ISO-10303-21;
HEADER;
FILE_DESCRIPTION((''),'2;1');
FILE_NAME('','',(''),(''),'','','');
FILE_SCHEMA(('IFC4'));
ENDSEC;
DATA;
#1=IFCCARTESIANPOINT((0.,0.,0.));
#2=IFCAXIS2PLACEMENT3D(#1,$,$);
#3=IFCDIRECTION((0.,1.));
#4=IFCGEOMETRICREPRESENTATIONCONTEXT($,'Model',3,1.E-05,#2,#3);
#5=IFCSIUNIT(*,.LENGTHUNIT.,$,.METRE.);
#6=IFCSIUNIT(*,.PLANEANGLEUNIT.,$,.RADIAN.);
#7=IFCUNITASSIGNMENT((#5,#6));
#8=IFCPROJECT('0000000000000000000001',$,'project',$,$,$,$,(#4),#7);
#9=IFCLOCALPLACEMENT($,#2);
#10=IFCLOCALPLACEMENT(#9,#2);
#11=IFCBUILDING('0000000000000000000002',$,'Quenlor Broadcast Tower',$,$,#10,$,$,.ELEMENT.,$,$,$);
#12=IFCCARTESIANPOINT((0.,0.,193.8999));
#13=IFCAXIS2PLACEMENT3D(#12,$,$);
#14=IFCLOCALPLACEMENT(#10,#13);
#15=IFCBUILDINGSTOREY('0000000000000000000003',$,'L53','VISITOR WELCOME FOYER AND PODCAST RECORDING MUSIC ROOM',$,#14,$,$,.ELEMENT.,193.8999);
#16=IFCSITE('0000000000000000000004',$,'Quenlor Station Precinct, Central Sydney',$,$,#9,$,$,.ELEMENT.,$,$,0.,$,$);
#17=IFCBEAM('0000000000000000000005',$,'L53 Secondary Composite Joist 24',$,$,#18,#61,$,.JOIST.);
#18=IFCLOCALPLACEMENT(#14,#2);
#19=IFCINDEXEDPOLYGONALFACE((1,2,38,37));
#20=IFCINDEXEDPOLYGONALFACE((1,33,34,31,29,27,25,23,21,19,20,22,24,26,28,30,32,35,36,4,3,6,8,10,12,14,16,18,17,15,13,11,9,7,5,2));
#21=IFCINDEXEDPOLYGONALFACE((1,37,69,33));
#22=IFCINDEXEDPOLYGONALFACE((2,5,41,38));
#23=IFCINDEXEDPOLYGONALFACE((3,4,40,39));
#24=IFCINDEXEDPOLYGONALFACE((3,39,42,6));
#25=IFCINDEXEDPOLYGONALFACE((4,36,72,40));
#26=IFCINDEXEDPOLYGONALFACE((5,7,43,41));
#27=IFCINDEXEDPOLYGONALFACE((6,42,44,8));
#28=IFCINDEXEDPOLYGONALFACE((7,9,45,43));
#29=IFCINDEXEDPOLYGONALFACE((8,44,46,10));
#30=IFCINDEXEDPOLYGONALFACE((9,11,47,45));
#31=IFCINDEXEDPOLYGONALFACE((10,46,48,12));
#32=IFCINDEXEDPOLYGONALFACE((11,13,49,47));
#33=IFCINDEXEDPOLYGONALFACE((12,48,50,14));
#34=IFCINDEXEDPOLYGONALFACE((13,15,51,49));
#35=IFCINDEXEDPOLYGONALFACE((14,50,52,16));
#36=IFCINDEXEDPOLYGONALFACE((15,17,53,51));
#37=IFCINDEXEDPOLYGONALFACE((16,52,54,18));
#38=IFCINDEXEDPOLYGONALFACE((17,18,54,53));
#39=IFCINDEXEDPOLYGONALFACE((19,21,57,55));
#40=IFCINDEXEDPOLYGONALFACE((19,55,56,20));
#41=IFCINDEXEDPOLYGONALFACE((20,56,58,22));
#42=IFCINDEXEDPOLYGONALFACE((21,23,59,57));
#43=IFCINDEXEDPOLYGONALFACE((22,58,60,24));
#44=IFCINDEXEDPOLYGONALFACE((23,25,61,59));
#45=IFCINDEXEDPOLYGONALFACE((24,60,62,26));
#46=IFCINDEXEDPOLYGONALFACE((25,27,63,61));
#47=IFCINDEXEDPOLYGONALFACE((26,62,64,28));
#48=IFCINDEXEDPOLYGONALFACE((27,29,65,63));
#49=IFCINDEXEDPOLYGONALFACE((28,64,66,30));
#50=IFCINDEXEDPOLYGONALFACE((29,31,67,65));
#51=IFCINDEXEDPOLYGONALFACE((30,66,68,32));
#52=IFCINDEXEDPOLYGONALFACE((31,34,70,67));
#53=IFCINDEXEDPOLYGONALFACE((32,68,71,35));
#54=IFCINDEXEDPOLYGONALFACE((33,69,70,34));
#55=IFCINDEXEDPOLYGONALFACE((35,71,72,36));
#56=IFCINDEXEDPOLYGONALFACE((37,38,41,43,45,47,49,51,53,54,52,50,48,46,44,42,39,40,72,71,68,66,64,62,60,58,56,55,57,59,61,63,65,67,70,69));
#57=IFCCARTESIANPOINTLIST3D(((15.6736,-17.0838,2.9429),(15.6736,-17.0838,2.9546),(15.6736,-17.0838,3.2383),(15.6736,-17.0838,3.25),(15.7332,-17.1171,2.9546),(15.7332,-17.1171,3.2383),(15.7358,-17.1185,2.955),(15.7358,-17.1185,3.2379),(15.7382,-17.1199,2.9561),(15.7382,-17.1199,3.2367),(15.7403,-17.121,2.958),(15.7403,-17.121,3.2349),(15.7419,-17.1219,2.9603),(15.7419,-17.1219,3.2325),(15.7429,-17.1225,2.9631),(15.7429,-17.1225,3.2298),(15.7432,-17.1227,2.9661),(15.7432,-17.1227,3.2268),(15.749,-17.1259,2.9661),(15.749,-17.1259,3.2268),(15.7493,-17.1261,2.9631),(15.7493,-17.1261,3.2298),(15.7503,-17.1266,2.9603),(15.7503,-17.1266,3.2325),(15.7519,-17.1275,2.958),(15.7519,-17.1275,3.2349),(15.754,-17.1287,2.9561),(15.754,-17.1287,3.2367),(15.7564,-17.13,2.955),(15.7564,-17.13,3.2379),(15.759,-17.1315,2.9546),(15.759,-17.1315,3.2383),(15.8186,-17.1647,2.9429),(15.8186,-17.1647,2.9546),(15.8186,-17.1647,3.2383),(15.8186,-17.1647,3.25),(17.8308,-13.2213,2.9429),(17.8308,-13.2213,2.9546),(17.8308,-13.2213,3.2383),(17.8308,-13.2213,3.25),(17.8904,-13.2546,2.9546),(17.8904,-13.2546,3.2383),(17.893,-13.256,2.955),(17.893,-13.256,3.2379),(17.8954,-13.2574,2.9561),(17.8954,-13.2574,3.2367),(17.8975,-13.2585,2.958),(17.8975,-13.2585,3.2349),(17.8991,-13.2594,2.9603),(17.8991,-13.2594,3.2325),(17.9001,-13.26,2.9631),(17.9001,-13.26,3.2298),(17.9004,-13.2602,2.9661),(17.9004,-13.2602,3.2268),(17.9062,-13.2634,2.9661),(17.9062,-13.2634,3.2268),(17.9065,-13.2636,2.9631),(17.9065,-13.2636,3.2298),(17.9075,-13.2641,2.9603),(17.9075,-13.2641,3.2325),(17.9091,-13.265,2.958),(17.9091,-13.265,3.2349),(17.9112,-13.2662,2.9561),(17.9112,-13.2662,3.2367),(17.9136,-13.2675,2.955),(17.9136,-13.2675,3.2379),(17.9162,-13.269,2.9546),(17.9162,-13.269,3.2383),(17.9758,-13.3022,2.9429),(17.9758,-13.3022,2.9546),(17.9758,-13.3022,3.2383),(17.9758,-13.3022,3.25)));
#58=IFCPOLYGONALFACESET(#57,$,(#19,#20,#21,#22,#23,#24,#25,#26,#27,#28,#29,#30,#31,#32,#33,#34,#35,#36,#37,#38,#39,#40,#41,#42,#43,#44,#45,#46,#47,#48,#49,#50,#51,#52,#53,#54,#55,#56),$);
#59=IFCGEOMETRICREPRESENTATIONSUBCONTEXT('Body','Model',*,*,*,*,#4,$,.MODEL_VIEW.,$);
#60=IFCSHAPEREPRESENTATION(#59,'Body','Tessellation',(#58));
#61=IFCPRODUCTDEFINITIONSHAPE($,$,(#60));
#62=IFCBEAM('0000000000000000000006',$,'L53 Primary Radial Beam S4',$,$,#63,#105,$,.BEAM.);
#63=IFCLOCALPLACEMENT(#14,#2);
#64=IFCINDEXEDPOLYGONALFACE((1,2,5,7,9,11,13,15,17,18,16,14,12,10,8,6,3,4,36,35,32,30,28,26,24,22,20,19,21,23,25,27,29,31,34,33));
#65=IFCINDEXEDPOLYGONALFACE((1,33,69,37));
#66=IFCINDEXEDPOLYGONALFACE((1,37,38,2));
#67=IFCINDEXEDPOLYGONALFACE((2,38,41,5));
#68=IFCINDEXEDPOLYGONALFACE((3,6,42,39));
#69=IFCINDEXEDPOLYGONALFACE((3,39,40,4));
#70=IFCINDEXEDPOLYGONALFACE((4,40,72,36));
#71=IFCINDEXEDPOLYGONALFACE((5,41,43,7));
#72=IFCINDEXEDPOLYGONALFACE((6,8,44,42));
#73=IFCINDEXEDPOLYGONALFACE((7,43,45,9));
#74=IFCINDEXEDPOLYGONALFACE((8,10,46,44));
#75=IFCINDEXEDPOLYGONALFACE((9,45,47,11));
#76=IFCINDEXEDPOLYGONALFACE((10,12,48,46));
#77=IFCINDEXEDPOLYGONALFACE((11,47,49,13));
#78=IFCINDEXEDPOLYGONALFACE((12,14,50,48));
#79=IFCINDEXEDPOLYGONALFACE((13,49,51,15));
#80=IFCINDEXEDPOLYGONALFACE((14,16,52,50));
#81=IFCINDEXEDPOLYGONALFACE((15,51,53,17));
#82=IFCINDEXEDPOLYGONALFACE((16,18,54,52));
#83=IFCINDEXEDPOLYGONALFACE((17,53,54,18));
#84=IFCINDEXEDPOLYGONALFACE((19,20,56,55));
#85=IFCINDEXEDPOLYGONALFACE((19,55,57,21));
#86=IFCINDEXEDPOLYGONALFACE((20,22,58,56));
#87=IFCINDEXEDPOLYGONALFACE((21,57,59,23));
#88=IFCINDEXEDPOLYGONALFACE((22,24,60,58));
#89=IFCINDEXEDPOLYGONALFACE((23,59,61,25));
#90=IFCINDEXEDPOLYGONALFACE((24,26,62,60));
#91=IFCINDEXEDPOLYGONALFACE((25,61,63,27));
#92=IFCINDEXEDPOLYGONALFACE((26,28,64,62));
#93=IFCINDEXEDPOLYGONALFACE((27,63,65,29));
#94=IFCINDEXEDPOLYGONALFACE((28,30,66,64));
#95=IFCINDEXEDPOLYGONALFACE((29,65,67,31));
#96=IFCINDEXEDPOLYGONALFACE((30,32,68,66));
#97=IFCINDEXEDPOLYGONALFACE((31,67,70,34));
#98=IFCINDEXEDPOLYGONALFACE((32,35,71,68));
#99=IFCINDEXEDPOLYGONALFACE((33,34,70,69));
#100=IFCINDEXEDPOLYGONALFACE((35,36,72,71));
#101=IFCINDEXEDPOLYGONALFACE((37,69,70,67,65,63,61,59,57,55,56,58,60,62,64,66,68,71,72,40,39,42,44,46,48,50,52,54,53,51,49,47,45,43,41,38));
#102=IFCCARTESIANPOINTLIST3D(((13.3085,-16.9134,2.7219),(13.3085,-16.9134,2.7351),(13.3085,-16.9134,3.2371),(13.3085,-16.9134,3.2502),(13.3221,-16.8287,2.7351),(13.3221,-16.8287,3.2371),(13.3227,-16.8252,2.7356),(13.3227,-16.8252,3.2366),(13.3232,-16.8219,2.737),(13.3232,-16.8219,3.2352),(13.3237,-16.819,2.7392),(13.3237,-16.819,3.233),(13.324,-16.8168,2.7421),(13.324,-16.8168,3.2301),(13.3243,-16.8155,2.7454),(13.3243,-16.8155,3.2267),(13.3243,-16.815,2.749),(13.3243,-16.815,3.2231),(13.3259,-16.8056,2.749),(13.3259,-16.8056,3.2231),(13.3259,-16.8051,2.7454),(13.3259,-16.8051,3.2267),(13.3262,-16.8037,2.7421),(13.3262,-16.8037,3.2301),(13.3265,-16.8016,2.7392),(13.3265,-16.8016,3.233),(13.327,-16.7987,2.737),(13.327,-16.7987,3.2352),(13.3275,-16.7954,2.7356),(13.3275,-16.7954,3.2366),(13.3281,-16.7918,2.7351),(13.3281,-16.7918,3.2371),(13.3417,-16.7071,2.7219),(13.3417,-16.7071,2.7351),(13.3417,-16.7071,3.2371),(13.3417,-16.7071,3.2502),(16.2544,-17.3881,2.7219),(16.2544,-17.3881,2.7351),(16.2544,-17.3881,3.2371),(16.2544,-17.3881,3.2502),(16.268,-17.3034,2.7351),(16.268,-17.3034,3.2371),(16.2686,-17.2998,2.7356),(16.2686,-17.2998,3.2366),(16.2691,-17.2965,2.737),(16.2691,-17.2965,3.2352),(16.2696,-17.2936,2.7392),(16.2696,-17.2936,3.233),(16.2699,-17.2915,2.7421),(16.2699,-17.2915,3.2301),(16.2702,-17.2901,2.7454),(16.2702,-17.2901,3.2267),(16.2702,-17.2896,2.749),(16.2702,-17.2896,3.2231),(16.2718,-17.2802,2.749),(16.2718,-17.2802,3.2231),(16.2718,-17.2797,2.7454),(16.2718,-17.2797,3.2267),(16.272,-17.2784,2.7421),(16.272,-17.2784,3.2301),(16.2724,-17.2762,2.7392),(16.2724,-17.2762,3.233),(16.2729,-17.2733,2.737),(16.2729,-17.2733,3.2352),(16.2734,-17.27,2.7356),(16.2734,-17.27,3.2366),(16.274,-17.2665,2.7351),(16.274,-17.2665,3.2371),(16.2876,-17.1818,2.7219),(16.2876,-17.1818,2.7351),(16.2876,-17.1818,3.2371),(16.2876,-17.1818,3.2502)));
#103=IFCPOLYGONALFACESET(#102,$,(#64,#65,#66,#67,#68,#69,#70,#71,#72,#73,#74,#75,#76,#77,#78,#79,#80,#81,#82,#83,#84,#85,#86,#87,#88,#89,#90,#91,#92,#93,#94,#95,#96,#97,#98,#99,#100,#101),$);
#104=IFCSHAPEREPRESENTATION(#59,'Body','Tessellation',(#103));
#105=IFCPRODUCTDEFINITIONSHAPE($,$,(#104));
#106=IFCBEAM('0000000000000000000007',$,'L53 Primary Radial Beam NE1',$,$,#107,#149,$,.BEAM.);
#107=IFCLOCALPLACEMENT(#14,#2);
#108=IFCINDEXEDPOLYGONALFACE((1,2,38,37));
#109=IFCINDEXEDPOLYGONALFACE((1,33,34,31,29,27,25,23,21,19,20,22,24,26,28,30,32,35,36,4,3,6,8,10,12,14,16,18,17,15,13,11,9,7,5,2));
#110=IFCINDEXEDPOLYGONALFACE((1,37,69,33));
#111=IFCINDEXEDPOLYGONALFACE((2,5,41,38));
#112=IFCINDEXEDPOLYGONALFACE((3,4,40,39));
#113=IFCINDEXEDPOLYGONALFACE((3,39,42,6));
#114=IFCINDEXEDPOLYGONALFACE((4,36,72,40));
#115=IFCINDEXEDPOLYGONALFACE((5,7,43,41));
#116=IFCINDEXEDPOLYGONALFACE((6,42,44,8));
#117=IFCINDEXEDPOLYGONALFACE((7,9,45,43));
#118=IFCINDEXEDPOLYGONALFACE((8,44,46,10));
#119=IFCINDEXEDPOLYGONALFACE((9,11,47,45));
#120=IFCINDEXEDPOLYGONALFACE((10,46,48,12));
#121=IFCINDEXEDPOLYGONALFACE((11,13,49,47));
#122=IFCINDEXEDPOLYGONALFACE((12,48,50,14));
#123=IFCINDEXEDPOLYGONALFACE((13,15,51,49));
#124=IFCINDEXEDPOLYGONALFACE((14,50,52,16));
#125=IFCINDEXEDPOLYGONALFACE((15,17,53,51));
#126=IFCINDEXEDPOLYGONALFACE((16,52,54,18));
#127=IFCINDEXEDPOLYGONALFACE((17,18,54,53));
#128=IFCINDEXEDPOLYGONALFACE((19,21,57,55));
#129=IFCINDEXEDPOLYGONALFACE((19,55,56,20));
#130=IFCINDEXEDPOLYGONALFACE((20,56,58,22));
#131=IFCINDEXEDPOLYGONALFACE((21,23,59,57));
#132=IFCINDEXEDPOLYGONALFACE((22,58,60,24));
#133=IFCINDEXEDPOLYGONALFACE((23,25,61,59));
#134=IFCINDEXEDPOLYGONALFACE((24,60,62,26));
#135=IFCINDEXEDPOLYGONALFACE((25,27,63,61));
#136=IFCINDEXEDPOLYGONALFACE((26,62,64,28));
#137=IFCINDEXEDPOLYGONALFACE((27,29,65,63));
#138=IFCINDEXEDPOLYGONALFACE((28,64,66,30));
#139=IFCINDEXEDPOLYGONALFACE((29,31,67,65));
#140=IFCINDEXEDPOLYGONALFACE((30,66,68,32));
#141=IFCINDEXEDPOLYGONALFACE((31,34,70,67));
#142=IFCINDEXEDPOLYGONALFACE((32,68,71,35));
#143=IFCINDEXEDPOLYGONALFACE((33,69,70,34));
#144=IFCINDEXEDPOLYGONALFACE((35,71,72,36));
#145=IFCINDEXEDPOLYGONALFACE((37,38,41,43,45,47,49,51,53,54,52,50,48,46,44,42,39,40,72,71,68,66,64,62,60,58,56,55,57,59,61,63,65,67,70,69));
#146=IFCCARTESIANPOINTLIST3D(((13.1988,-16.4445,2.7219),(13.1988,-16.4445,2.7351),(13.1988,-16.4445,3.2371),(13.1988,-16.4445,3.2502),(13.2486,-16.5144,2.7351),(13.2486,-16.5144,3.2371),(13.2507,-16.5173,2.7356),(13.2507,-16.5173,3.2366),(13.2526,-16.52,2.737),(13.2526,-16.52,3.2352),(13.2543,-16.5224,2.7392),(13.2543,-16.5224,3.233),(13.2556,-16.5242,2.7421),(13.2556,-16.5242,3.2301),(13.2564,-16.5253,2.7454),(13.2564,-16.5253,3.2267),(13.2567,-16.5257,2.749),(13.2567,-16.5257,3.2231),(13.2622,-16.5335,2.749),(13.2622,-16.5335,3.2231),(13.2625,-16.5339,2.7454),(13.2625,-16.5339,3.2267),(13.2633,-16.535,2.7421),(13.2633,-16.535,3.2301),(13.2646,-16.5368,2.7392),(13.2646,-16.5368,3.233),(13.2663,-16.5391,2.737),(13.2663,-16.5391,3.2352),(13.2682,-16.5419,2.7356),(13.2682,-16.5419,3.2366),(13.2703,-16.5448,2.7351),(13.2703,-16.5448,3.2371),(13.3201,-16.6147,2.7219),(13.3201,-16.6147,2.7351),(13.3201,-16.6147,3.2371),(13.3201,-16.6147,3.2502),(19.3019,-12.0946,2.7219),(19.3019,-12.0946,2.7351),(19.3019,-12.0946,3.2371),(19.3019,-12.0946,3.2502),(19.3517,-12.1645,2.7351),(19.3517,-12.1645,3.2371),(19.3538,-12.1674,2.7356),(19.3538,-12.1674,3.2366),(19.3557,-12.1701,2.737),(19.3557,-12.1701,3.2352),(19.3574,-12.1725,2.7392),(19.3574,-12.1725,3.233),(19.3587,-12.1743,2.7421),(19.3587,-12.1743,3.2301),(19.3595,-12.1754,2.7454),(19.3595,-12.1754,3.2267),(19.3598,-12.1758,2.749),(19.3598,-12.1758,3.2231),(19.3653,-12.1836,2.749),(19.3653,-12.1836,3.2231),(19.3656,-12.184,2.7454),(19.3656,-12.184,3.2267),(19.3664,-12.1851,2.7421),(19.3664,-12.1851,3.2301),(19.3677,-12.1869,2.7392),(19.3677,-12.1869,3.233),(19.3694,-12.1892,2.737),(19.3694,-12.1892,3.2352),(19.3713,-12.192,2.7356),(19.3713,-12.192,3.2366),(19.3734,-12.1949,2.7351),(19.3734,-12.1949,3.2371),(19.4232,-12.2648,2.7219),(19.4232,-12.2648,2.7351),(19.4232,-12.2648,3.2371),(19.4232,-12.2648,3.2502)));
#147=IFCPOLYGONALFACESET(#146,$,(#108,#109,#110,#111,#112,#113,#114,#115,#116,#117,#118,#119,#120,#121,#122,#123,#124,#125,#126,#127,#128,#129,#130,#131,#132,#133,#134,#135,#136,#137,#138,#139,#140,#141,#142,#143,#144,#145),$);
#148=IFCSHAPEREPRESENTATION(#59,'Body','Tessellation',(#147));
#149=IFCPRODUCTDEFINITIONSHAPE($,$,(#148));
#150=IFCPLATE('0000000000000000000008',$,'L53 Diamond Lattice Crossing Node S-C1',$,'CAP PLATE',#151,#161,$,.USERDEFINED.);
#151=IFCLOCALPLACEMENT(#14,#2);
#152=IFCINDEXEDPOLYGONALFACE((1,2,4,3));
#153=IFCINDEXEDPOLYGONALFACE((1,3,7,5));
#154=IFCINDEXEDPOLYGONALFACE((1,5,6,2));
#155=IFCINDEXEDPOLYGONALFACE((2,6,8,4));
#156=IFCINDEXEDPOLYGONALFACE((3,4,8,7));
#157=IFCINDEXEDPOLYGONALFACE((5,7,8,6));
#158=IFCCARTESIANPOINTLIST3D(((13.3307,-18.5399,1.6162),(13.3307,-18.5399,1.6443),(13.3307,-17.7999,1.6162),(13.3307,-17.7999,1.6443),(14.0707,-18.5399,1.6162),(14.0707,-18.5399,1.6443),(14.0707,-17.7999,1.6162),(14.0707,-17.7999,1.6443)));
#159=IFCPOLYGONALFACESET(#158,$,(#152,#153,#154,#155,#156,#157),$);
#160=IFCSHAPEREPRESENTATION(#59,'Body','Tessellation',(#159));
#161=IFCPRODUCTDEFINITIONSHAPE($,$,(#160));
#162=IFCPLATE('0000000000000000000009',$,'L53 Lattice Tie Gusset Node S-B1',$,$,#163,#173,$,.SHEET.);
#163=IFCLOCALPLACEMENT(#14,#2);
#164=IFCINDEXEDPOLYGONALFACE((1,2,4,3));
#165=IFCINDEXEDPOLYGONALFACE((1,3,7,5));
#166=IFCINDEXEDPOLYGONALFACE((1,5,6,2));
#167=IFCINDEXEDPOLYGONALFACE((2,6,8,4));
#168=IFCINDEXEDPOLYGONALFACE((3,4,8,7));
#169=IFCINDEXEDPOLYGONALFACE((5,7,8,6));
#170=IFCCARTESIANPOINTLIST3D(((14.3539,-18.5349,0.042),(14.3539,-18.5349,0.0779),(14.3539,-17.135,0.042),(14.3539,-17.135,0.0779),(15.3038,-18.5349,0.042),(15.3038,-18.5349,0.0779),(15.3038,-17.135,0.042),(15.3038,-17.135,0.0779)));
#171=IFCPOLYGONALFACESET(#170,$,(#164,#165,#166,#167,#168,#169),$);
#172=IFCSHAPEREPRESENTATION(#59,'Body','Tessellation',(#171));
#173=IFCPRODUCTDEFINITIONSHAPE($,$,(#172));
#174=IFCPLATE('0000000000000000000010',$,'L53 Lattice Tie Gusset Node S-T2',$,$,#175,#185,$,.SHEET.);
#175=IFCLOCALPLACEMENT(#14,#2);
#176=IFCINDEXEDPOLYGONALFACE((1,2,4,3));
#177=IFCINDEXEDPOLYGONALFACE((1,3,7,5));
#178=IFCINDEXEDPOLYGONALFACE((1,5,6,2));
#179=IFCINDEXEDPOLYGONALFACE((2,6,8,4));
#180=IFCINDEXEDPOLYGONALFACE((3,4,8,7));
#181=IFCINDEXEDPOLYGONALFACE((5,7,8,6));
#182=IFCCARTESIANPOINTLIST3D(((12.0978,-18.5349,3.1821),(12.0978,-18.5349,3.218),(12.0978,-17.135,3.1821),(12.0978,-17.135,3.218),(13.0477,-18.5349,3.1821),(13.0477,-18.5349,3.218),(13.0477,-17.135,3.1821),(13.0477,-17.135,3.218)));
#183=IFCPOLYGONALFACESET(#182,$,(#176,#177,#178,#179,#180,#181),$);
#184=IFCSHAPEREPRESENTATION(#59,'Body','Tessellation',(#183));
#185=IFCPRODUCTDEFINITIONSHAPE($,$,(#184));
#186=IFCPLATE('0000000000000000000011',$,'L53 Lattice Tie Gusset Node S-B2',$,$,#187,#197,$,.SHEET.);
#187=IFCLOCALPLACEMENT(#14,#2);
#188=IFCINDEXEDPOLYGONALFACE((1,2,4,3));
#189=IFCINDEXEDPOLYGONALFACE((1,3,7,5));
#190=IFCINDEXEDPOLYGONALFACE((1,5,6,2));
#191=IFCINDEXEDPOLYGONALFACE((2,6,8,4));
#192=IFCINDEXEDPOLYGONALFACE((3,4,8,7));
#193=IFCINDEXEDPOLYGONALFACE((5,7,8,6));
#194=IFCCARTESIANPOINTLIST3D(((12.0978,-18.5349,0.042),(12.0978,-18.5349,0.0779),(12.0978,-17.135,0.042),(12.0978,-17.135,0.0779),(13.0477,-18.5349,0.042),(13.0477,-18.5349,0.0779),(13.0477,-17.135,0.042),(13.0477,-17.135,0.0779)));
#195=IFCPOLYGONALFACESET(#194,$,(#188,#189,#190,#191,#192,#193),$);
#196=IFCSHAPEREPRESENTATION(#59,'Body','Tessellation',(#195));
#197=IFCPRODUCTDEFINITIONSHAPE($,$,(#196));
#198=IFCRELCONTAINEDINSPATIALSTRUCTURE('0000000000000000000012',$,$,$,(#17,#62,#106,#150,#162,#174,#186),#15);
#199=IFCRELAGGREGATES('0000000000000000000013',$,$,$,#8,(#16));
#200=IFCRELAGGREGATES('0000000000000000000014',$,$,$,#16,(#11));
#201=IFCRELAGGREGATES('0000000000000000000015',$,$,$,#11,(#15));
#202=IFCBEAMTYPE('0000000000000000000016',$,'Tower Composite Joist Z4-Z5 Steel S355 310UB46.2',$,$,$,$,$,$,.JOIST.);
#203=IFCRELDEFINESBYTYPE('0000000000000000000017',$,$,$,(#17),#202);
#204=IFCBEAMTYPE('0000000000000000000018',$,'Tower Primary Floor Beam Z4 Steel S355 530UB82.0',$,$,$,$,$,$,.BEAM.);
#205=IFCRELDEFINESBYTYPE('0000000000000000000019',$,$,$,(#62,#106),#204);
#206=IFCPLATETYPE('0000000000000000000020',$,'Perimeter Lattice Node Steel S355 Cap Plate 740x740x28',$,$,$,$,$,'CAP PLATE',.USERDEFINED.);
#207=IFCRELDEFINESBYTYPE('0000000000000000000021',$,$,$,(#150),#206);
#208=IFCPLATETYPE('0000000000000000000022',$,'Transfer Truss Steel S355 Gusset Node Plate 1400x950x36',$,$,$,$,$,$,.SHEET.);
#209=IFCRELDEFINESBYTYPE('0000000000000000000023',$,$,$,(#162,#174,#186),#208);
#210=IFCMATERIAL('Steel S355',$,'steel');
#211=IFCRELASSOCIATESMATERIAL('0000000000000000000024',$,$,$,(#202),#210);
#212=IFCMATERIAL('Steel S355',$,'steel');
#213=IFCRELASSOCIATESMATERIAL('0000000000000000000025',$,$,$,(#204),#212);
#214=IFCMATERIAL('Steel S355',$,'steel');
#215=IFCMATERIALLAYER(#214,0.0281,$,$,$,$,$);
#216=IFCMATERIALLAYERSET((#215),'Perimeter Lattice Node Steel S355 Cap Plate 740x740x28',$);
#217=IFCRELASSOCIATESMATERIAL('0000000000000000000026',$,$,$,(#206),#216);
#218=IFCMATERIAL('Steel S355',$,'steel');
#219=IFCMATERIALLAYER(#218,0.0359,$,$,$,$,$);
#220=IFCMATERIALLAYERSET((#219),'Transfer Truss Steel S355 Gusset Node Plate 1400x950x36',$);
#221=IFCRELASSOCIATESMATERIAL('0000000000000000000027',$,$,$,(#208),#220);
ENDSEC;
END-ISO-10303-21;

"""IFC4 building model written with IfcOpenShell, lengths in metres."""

from ifc_helpers import new_model, si_unit, direction, frame, origin, origin_2d, place, context, subcontext, project, spatial, rectangle, i_section, extrude, material, layer, layer_set, material_profile, profile_set, type_object, element, save


model = new_model("IFC4")

# Units and contexts
model_context = context("Model", 3, precision=1e-05, world=origin(), true_north=direction((0.0, 1.0)))
body_context = subcontext(model_context, "Body", "Model", "MODEL_VIEW")
ifc_project = project(units=[si_unit("LENGTHUNIT", "METRE"), si_unit("PLANEANGLEUNIT", "RADIAN")], contexts=[model_context])

# Site, building, storey
site_placement = place(None, origin())
site = spatial("IfcSite", under=ifc_project, at=site_placement, Name="Quenlor Station Precinct, Central Sydney", CompositionType="ELEMENT", RefElevation=0.0)
building_placement = place(site_placement, origin())
building = spatial("IfcBuilding", under=site, at=building_placement, Name="Quenlor Broadcast Tower", CompositionType="ELEMENT")
storey_placement = place(building_placement, frame((0.0, 0.0, 193.8999)))
storey = spatial("IfcBuildingStorey", under=building, at=storey_placement, Name="L53", Description="VISITOR WELCOME FOYER AND PODCAST RECORDING MUSIC ROOM", CompositionType="ELEMENT", Elevation=193.8999)

# Beams
ifc_material_1 = material(Name="Steel S355", Category="steel")
ifc_material_profile_1 = material_profile(ifc_material_1, i_section(OverallWidth=0.166, OverallDepth=0.3071, WebThickness=0.0066, FlangeThickness=0.0117, FilletRadius=0.0115, at=origin_2d()))
ifc_profile_set_1 = profile_set([ifc_material_profile_1], Name="Steel S355 310UB46.2")
beam_type_1 = type_object("IfcBeamType", Name="Tower Composite Joist Z4-Z5 Steel S355 310UB46.2", PredefinedType="JOIST", material=ifc_profile_set_1)
beam_1_placement = place(storey_placement, frame((15.7461, -17.1243, 3.0964), z_axis=(0.487605, 0.873064, 0.0), x_axis=(-0.873064, 0.487605, 0.0)))
element("IfcBeam", 1, at=beam_1_placement, inside=storey, type_object=beam_type_1, Name="L53 Secondary Composite Joist 24", PredefinedType="JOIST", context=body_context, shape_type="SweptSolid", body=[
    extrude(i_section(OverallWidth=0.166, OverallDepth=0.3071, WebThickness=0.0066, FlangeThickness=0.0117, FilletRadius=0.0115, at=origin_2d()), origin(), (0.0, 0.0, 1.0), 4.4241),
])
ifc_material_2 = material(Name="Steel S355", Category="steel")
ifc_material_profile_2 = material_profile(ifc_material_2, i_section(OverallWidth=0.209, OverallDepth=0.5283, WebThickness=0.0095, FlangeThickness=0.0132, FilletRadius=0.0139, at=origin_2d()))
ifc_profile_set_2 = profile_set([ifc_material_profile_2], Name="Steel S355 530UB82.0")
beam_type_2 = type_object("IfcBeamType", Name="Tower Primary Floor Beam Z4 Steel S355 530UB82.0", PredefinedType="BEAM", material=ifc_profile_set_2)
beam_2_placement = place(storey_placement, frame((16.271, -17.2849, 2.9861), z_axis=(-0.987268, 0.159063, 0.0), x_axis=(-0.159063, -0.987268, 0.0)))
element("IfcBeam", 2, at=beam_2_placement, inside=storey, type_object=beam_type_2, Name="L53 Primary Radial Beam S4", PredefinedType="BEAM", context=body_context, shape_type="SweptSolid", body=[
    extrude(i_section(OverallWidth=0.209, OverallDepth=0.5283, WebThickness=0.0095, FlangeThickness=0.0132, FilletRadius=0.0139, at=origin_2d()), origin(), (0.0, 0.0, 1.0), 2.9839),
])
beam_3_placement = place(storey_placement, frame((19.3625, -12.1797, 2.9861), z_axis=(-0.81433, -0.580403, 0.0), x_axis=(0.580403, -0.81433, 0.0)))
element("IfcBeam", 3, at=beam_3_placement, inside=storey, type_object=beam_type_2, Name="L53 Primary Radial Beam NE1", PredefinedType="BEAM", context=body_context, shape_type="SweptSolid", body=[
    extrude(i_section(OverallWidth=0.209, OverallDepth=0.5283, WebThickness=0.0095, FlangeThickness=0.0132, FilletRadius=0.0139, at=origin_2d()), origin(), (0.0, 0.0, 1.0), 7.4946),
])

# Plates
ifc_material_3 = material(Name="Steel S355", Category="steel")
ifc_layer_1 = layer(ifc_material_3, 0.0281)
ifc_layer_set_1 = layer_set([ifc_layer_1], Name="Perimeter Lattice Node Steel S355 Cap Plate 740x740x28")
plate_type_1 = type_object("IfcPlateType", Name="Perimeter Lattice Node Steel S355 Cap Plate 740x740x28", ElementType="CAP PLATE", PredefinedType="USERDEFINED", material=ifc_layer_set_1)
plate_placement = place(storey_placement, frame((13.7007, -18.1699, 1.6162), z_axis=(0.0, 0.0, 1.0), x_axis=(-1.0, 0.0, 0.0)))
element("IfcPlate", 4, at=plate_placement, inside=storey, type_object=plate_type_1, Name="L53 Diamond Lattice Crossing Node S-C1", ObjectType="CAP PLATE", PredefinedType="USERDEFINED", context=body_context, shape_type="SweptSolid", body=[
    extrude(rectangle(XDim=0.74, YDim=0.74, at=origin_2d()), origin(), (0.0, 0.0, 1.0), 0.0281),
])
ifc_material_4 = material(Name="Steel S355", Category="steel")
ifc_layer_2 = layer(ifc_material_4, 0.0359)
ifc_layer_set_2 = layer_set([ifc_layer_2], Name="Transfer Truss Steel S355 Gusset Node Plate 1400x950x36")
plate_type_2 = type_object("IfcPlateType", Name="Transfer Truss Steel S355 Gusset Node Plate 1400x950x36", PredefinedType="SHEET", material=ifc_layer_set_2)
for number, where, z_axis, x_axis, name in (
    (5, (14.8289, -17.835, 0.042), (0.0, 0.0, 1.0), (0.0, -1.0, 0.0), "L53 Lattice Tie Gusset Node S-B1"),
    (6, (12.5728, -17.835, 3.1821), (0.0, 0.0, 1.0), (0.0, -1.0, 0.0), "L53 Lattice Tie Gusset Node S-T2"),
    (7, (12.5728, -17.835, 0.042), (0.0, 0.0, 1.0), (0.0, -1.0, 0.0), "L53 Lattice Tie Gusset Node S-B2"),
):
    element("IfcPlate", number, at=place(storey_placement, frame(where, z_axis=z_axis, x_axis=x_axis)), inside=storey, type_object=plate_type_2, Name=name, PredefinedType="SHEET", context=body_context, shape_type="SweptSolid", body=[
        extrude(rectangle(XDim=1.3999, YDim=0.95, at=origin_2d()), origin(), (0.0, 0.0, 1.0), 0.0359),
    ])

save(model, "model.ifc")
